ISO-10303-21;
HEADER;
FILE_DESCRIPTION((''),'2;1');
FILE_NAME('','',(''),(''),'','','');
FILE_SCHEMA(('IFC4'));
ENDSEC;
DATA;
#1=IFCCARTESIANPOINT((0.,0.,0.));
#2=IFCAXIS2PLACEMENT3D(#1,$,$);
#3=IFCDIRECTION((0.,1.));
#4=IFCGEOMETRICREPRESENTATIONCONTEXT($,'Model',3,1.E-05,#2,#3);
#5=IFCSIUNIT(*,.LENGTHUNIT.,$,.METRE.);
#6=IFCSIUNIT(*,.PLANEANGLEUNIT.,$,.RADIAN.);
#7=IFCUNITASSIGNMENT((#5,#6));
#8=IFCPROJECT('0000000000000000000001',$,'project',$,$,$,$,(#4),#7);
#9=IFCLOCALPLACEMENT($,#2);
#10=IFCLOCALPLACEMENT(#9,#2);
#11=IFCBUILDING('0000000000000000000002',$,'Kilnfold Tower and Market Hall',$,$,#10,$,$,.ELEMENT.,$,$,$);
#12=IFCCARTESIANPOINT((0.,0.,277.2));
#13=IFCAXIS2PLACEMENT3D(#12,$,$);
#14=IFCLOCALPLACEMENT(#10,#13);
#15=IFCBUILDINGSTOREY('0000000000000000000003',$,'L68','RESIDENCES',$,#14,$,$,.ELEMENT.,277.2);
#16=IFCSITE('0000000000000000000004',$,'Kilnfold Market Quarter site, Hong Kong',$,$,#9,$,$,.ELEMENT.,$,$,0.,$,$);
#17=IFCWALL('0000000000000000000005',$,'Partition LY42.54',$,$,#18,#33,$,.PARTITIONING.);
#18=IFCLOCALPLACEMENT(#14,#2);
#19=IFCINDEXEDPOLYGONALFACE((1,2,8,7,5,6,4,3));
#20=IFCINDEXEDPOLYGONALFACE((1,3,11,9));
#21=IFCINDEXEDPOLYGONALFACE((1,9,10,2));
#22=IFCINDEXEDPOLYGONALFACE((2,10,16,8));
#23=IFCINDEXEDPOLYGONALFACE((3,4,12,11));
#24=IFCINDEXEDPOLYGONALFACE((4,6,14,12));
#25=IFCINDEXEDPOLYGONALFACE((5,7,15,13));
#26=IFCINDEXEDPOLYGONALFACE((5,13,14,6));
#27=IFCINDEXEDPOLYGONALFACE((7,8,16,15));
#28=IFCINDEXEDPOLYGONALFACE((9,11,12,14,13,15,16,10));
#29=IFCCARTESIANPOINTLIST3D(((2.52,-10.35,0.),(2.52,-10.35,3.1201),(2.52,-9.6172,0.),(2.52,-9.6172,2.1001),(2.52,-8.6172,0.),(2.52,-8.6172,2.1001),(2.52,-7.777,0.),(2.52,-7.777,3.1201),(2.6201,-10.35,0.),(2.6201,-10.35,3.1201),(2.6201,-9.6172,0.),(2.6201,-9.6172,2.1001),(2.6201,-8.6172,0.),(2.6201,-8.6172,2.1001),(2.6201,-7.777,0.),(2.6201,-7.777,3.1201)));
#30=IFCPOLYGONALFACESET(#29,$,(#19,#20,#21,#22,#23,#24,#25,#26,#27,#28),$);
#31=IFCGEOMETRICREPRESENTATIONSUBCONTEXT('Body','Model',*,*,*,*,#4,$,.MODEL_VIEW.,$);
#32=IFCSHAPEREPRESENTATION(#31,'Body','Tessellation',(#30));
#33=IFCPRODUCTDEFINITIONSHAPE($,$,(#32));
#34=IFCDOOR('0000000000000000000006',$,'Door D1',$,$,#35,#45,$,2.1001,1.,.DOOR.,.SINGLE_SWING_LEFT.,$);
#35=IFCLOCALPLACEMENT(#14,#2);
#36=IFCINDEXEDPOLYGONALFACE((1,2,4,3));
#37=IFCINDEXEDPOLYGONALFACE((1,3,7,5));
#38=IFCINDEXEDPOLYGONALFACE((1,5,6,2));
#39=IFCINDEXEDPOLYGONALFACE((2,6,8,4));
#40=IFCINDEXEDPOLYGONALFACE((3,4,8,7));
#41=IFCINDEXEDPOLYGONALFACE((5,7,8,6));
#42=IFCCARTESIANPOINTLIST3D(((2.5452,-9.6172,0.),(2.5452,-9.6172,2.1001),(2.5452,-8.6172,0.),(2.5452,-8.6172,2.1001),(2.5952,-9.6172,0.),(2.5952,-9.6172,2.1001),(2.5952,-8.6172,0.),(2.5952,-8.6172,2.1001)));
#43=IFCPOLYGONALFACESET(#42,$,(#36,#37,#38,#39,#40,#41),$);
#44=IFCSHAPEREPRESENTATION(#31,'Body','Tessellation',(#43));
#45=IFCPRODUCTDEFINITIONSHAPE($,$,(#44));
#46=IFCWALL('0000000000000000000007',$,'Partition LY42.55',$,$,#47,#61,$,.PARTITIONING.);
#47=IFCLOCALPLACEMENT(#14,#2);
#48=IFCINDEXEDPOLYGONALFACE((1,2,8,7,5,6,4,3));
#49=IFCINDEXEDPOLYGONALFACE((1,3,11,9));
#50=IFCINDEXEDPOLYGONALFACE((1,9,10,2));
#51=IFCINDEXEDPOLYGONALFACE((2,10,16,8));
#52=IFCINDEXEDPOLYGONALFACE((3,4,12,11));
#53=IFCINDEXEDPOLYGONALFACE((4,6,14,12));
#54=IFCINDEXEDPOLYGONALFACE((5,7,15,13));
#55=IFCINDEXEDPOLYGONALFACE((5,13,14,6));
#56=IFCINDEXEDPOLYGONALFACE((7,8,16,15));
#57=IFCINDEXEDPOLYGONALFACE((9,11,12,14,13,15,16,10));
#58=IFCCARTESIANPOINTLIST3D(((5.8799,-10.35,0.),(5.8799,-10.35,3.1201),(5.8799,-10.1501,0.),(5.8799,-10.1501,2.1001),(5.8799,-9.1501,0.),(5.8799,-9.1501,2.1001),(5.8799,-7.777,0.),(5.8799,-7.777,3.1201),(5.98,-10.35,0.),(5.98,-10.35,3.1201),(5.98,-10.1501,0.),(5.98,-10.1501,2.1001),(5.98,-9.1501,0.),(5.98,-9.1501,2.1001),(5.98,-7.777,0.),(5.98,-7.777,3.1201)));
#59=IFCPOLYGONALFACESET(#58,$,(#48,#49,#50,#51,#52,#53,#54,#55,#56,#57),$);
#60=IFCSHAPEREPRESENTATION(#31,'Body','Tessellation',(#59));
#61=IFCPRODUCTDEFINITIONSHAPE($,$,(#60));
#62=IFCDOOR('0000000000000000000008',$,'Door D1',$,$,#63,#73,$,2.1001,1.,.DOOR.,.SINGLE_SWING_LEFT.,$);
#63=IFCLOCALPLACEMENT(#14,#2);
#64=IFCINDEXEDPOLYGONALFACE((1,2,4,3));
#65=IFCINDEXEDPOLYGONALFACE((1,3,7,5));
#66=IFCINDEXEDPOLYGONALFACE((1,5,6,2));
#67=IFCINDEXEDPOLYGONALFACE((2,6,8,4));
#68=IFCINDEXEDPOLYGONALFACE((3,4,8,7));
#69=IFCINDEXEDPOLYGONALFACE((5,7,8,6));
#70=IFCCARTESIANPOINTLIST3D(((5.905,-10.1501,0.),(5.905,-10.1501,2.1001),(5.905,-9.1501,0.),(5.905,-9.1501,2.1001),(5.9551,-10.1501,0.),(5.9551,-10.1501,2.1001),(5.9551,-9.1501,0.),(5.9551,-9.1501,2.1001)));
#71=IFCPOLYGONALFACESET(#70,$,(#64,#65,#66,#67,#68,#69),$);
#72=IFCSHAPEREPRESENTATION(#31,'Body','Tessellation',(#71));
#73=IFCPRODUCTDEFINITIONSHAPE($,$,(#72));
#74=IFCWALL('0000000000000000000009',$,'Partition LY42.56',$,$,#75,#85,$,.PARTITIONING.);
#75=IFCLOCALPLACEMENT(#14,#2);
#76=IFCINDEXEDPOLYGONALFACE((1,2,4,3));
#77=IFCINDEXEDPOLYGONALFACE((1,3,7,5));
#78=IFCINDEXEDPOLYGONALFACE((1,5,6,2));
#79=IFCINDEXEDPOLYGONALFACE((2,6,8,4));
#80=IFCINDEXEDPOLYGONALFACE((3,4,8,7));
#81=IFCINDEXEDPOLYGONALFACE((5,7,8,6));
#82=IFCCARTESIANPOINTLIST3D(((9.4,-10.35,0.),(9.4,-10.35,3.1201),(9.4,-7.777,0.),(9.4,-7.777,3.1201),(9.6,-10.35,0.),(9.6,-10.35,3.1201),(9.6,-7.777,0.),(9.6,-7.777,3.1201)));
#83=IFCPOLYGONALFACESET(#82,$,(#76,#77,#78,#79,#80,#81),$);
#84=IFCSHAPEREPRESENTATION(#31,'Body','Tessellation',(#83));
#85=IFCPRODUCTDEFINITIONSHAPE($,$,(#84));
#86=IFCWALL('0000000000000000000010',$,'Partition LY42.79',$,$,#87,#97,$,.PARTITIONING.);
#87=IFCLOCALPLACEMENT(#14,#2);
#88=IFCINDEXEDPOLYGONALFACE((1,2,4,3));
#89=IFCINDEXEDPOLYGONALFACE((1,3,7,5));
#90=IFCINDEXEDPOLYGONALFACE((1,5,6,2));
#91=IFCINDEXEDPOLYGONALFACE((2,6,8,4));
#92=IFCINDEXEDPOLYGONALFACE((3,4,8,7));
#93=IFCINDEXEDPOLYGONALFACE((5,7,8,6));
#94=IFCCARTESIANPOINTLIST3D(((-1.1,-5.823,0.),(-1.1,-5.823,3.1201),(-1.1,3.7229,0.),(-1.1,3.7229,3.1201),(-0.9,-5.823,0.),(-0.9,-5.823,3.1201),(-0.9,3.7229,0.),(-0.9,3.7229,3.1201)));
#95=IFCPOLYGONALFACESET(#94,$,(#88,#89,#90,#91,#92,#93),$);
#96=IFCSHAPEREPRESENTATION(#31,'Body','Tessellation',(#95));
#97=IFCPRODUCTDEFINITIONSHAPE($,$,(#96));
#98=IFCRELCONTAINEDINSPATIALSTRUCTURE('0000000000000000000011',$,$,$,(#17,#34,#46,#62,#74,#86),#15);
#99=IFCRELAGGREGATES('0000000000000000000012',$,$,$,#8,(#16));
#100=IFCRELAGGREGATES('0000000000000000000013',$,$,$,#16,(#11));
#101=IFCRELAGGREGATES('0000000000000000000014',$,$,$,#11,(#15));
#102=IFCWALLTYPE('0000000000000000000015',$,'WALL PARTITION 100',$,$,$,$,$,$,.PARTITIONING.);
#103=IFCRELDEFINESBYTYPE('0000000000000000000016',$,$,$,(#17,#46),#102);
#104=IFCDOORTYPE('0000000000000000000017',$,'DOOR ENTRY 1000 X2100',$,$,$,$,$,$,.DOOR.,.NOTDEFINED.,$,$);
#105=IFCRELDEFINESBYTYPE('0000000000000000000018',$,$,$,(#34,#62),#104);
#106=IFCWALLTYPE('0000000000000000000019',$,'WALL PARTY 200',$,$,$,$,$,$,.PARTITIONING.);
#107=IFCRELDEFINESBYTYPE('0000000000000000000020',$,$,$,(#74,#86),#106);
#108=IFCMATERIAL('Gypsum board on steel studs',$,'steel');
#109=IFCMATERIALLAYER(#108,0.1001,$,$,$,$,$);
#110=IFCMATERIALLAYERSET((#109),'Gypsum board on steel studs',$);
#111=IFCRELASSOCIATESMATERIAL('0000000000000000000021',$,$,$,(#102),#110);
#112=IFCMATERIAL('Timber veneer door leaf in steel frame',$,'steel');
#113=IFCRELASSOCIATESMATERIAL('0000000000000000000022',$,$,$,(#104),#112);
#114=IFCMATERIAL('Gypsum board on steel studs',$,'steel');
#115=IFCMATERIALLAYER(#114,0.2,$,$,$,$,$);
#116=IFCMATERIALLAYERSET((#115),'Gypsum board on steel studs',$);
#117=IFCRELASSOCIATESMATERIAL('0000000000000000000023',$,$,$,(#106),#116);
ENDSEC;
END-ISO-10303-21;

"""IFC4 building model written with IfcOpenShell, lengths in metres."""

from ifc_helpers import new_model, si_unit, direction, frame, frame_2d, origin, place, context, subcontext, project, spatial, rectangle, extrude, material, layer, layer_set, type_object, element, fill, save


model = new_model("IFC4")

# Units and contexts
model_context = context("Model", 3, precision=1e-05, world=origin(), true_north=direction((0.0, 1.0)))
body_context = subcontext(model_context, "Body", "Model", "MODEL_VIEW")
ifc_project = project(units=[si_unit("LENGTHUNIT", "METRE"), si_unit("PLANEANGLEUNIT", "RADIAN")], contexts=[model_context])

# Site, building, storey
site_placement = place(None, origin())
site = spatial("IfcSite", under=ifc_project, at=site_placement, Name="Kilnfold Market Quarter site, Hong Kong", CompositionType="ELEMENT", RefElevation=0.0)
building_placement = place(site_placement, origin())
building = spatial("IfcBuilding", under=site, at=building_placement, Name="Kilnfold Tower and Market Hall", CompositionType="ELEMENT")
storey_placement = place(building_placement, frame((0.0, 0.0, 277.2)))
storey = spatial("IfcBuildingStorey", under=building, at=storey_placement, Name="L68", Description="RESIDENCES", CompositionType="ELEMENT", Elevation=277.2)

# Walls, openings, doors
ifc_material_1 = material(Name="Gypsum board on steel studs", Category="steel")
ifc_layer_1 = layer(ifc_material_1, 0.1001)
ifc_layer_set_1 = layer_set([ifc_layer_1], Name="Gypsum board on steel studs")
wall_type_1 = type_object("IfcWallType", Name="WALL PARTITION 100", PredefinedType="PARTITIONING", material=ifc_layer_set_1)
wall_1_placement = place(storey_placement, frame((2.5701, -10.3501, 0.0), z_axis=(0.0, 0.0, 1.0), x_axis=(0.0, 1.0, 0.0)))
wall_1 = element("IfcWall", 1, at=wall_1_placement, inside=storey, type_object=wall_type_1, Name="Partition LY42.54", PredefinedType="PARTITIONING", context=body_context, shape_type="SweptSolid", body=[
    extrude(rectangle(XDim=2.573, YDim=0.1001, at=frame_2d((1.2866, 0.0))), origin(), (0.0, 0.0, 1.0), 3.1201),
])
opening_1_placement = place(wall_1_placement, frame((0.7329, 0.0, 0.0)))
opening_1 = element("IfcOpeningElement", 2, at=opening_1_placement, cuts=wall_1, PredefinedType="OPENING", context=body_context, shape_type="SweptSolid", body=[
    extrude(rectangle(XDim=1.0, YDim=2.1001, at=frame_2d((0.5, 1.05))), frame((0.0, 0.0601, 0.0), z_axis=(0.0, -1.0, 0.0), x_axis=(1.0, 0.0, 0.0)), (0.0, 0.0, 1.0), 0.1201),
])
ifc_material_2 = material(Name="Timber veneer door leaf in steel frame", Category="steel")
door_type_1 = type_object("IfcDoorType", Name="DOOR ENTRY 1000 X2100", OperationType="NOTDEFINED", PredefinedType="DOOR", material=ifc_material_2)
door_1_placement = place(opening_1_placement, origin())
door_1 = element("IfcDoor", 3, at=door_1_placement, inside=storey, type_object=door_type_1, Name="Door D1", OperationType="SINGLE_SWING_LEFT", OverallHeight=2.1001, OverallWidth=1.0, PredefinedType="DOOR", context=body_context, shape_type="SweptSolid", body=[
    extrude(rectangle(XDim=1.0, YDim=2.1001, at=frame_2d((0.5, 1.05))), frame((0.0, 0.0249, 0.0), z_axis=(0.0, -1.0, 0.0), x_axis=(1.0, 0.0, 0.0)), (0.0, 0.0, 1.0), 0.05),
])
fill(opening_1, door_1)
wall_2_placement = place(storey_placement, frame((5.9299, -10.3501, 0.0), z_axis=(0.0, 0.0, 1.0), x_axis=(0.0, 1.0, 0.0)))
wall_2 = element("IfcWall", 4, at=wall_2_placement, inside=storey, type_object=wall_type_1, Name="Partition LY42.55", PredefinedType="PARTITIONING", context=body_context, shape_type="SweptSolid", body=[
    extrude(rectangle(XDim=2.573, YDim=0.1001, at=frame_2d((1.2866, 0.0))), origin(), (0.0, 0.0, 1.0), 3.1201),
])
opening_2_placement = place(wall_2_placement, frame((0.2, 0.0, 0.0)))
opening_2 = element("IfcOpeningElement", 5, at=opening_2_placement, cuts=wall_2, PredefinedType="OPENING", context=body_context, shape_type="SweptSolid", body=[
    extrude(rectangle(XDim=1.0, YDim=2.1001, at=frame_2d((0.5, 1.05))), frame((0.0, 0.0601, 0.0), z_axis=(0.0, -1.0, 0.0), x_axis=(1.0, 0.0, 0.0)), (0.0, 0.0, 1.0), 0.1201),
])
door_2_placement = place(opening_2_placement, origin())
door_2 = element("IfcDoor", 6, at=door_2_placement, inside=storey, type_object=door_type_1, Name="Door D1", OperationType="SINGLE_SWING_LEFT", OverallHeight=2.1001, OverallWidth=1.0, PredefinedType="DOOR", context=body_context, shape_type="SweptSolid", body=[
    extrude(rectangle(XDim=1.0, YDim=2.1001, at=frame_2d((0.5, 1.05))), frame((0.0, 0.0249, 0.0), z_axis=(0.0, -1.0, 0.0), x_axis=(1.0, 0.0, 0.0)), (0.0, 0.0, 1.0), 0.05),
])
fill(opening_2, door_2)

# Walls
ifc_material_3 = material(Name="Gypsum board on steel studs", Category="steel")
ifc_layer_2 = layer(ifc_material_3, 0.2)
ifc_layer_set_2 = layer_set([ifc_layer_2], Name="Gypsum board on steel studs")
wall_type_2 = type_object("IfcWallType", Name="WALL PARTY 200", PredefinedType="PARTITIONING", material=ifc_layer_set_2)
wall_3_placement = place(storey_placement, frame((9.5, -10.3501, 0.0), z_axis=(0.0, 0.0, 1.0), x_axis=(0.0, 1.0, 0.0)))
element("IfcWall", 7, at=wall_3_placement, inside=storey, type_object=wall_type_2, Name="Partition LY42.56", PredefinedType="PARTITIONING", context=body_context, shape_type="SweptSolid", body=[
    extrude(rectangle(XDim=2.573, YDim=0.2, at=frame_2d((1.2866, 0.0))), origin(), (0.0, 0.0, 1.0), 3.1201),
])
wall_4_placement = place(storey_placement, frame((-1.0, -5.823, 0.0), z_axis=(0.0, 0.0, 1.0), x_axis=(0.0, 1.0, 0.0)))
element("IfcWall", 8, at=wall_4_placement, inside=storey, type_object=wall_type_2, Name="Partition LY42.79", PredefinedType="PARTITIONING", context=body_context, shape_type="SweptSolid", body=[
    extrude(rectangle(XDim=9.5459, YDim=0.2, at=frame_2d((4.7729, 0.0))), origin(), (0.0, 0.0, 1.0), 3.1201),
])

save(model, "model.ifc")
